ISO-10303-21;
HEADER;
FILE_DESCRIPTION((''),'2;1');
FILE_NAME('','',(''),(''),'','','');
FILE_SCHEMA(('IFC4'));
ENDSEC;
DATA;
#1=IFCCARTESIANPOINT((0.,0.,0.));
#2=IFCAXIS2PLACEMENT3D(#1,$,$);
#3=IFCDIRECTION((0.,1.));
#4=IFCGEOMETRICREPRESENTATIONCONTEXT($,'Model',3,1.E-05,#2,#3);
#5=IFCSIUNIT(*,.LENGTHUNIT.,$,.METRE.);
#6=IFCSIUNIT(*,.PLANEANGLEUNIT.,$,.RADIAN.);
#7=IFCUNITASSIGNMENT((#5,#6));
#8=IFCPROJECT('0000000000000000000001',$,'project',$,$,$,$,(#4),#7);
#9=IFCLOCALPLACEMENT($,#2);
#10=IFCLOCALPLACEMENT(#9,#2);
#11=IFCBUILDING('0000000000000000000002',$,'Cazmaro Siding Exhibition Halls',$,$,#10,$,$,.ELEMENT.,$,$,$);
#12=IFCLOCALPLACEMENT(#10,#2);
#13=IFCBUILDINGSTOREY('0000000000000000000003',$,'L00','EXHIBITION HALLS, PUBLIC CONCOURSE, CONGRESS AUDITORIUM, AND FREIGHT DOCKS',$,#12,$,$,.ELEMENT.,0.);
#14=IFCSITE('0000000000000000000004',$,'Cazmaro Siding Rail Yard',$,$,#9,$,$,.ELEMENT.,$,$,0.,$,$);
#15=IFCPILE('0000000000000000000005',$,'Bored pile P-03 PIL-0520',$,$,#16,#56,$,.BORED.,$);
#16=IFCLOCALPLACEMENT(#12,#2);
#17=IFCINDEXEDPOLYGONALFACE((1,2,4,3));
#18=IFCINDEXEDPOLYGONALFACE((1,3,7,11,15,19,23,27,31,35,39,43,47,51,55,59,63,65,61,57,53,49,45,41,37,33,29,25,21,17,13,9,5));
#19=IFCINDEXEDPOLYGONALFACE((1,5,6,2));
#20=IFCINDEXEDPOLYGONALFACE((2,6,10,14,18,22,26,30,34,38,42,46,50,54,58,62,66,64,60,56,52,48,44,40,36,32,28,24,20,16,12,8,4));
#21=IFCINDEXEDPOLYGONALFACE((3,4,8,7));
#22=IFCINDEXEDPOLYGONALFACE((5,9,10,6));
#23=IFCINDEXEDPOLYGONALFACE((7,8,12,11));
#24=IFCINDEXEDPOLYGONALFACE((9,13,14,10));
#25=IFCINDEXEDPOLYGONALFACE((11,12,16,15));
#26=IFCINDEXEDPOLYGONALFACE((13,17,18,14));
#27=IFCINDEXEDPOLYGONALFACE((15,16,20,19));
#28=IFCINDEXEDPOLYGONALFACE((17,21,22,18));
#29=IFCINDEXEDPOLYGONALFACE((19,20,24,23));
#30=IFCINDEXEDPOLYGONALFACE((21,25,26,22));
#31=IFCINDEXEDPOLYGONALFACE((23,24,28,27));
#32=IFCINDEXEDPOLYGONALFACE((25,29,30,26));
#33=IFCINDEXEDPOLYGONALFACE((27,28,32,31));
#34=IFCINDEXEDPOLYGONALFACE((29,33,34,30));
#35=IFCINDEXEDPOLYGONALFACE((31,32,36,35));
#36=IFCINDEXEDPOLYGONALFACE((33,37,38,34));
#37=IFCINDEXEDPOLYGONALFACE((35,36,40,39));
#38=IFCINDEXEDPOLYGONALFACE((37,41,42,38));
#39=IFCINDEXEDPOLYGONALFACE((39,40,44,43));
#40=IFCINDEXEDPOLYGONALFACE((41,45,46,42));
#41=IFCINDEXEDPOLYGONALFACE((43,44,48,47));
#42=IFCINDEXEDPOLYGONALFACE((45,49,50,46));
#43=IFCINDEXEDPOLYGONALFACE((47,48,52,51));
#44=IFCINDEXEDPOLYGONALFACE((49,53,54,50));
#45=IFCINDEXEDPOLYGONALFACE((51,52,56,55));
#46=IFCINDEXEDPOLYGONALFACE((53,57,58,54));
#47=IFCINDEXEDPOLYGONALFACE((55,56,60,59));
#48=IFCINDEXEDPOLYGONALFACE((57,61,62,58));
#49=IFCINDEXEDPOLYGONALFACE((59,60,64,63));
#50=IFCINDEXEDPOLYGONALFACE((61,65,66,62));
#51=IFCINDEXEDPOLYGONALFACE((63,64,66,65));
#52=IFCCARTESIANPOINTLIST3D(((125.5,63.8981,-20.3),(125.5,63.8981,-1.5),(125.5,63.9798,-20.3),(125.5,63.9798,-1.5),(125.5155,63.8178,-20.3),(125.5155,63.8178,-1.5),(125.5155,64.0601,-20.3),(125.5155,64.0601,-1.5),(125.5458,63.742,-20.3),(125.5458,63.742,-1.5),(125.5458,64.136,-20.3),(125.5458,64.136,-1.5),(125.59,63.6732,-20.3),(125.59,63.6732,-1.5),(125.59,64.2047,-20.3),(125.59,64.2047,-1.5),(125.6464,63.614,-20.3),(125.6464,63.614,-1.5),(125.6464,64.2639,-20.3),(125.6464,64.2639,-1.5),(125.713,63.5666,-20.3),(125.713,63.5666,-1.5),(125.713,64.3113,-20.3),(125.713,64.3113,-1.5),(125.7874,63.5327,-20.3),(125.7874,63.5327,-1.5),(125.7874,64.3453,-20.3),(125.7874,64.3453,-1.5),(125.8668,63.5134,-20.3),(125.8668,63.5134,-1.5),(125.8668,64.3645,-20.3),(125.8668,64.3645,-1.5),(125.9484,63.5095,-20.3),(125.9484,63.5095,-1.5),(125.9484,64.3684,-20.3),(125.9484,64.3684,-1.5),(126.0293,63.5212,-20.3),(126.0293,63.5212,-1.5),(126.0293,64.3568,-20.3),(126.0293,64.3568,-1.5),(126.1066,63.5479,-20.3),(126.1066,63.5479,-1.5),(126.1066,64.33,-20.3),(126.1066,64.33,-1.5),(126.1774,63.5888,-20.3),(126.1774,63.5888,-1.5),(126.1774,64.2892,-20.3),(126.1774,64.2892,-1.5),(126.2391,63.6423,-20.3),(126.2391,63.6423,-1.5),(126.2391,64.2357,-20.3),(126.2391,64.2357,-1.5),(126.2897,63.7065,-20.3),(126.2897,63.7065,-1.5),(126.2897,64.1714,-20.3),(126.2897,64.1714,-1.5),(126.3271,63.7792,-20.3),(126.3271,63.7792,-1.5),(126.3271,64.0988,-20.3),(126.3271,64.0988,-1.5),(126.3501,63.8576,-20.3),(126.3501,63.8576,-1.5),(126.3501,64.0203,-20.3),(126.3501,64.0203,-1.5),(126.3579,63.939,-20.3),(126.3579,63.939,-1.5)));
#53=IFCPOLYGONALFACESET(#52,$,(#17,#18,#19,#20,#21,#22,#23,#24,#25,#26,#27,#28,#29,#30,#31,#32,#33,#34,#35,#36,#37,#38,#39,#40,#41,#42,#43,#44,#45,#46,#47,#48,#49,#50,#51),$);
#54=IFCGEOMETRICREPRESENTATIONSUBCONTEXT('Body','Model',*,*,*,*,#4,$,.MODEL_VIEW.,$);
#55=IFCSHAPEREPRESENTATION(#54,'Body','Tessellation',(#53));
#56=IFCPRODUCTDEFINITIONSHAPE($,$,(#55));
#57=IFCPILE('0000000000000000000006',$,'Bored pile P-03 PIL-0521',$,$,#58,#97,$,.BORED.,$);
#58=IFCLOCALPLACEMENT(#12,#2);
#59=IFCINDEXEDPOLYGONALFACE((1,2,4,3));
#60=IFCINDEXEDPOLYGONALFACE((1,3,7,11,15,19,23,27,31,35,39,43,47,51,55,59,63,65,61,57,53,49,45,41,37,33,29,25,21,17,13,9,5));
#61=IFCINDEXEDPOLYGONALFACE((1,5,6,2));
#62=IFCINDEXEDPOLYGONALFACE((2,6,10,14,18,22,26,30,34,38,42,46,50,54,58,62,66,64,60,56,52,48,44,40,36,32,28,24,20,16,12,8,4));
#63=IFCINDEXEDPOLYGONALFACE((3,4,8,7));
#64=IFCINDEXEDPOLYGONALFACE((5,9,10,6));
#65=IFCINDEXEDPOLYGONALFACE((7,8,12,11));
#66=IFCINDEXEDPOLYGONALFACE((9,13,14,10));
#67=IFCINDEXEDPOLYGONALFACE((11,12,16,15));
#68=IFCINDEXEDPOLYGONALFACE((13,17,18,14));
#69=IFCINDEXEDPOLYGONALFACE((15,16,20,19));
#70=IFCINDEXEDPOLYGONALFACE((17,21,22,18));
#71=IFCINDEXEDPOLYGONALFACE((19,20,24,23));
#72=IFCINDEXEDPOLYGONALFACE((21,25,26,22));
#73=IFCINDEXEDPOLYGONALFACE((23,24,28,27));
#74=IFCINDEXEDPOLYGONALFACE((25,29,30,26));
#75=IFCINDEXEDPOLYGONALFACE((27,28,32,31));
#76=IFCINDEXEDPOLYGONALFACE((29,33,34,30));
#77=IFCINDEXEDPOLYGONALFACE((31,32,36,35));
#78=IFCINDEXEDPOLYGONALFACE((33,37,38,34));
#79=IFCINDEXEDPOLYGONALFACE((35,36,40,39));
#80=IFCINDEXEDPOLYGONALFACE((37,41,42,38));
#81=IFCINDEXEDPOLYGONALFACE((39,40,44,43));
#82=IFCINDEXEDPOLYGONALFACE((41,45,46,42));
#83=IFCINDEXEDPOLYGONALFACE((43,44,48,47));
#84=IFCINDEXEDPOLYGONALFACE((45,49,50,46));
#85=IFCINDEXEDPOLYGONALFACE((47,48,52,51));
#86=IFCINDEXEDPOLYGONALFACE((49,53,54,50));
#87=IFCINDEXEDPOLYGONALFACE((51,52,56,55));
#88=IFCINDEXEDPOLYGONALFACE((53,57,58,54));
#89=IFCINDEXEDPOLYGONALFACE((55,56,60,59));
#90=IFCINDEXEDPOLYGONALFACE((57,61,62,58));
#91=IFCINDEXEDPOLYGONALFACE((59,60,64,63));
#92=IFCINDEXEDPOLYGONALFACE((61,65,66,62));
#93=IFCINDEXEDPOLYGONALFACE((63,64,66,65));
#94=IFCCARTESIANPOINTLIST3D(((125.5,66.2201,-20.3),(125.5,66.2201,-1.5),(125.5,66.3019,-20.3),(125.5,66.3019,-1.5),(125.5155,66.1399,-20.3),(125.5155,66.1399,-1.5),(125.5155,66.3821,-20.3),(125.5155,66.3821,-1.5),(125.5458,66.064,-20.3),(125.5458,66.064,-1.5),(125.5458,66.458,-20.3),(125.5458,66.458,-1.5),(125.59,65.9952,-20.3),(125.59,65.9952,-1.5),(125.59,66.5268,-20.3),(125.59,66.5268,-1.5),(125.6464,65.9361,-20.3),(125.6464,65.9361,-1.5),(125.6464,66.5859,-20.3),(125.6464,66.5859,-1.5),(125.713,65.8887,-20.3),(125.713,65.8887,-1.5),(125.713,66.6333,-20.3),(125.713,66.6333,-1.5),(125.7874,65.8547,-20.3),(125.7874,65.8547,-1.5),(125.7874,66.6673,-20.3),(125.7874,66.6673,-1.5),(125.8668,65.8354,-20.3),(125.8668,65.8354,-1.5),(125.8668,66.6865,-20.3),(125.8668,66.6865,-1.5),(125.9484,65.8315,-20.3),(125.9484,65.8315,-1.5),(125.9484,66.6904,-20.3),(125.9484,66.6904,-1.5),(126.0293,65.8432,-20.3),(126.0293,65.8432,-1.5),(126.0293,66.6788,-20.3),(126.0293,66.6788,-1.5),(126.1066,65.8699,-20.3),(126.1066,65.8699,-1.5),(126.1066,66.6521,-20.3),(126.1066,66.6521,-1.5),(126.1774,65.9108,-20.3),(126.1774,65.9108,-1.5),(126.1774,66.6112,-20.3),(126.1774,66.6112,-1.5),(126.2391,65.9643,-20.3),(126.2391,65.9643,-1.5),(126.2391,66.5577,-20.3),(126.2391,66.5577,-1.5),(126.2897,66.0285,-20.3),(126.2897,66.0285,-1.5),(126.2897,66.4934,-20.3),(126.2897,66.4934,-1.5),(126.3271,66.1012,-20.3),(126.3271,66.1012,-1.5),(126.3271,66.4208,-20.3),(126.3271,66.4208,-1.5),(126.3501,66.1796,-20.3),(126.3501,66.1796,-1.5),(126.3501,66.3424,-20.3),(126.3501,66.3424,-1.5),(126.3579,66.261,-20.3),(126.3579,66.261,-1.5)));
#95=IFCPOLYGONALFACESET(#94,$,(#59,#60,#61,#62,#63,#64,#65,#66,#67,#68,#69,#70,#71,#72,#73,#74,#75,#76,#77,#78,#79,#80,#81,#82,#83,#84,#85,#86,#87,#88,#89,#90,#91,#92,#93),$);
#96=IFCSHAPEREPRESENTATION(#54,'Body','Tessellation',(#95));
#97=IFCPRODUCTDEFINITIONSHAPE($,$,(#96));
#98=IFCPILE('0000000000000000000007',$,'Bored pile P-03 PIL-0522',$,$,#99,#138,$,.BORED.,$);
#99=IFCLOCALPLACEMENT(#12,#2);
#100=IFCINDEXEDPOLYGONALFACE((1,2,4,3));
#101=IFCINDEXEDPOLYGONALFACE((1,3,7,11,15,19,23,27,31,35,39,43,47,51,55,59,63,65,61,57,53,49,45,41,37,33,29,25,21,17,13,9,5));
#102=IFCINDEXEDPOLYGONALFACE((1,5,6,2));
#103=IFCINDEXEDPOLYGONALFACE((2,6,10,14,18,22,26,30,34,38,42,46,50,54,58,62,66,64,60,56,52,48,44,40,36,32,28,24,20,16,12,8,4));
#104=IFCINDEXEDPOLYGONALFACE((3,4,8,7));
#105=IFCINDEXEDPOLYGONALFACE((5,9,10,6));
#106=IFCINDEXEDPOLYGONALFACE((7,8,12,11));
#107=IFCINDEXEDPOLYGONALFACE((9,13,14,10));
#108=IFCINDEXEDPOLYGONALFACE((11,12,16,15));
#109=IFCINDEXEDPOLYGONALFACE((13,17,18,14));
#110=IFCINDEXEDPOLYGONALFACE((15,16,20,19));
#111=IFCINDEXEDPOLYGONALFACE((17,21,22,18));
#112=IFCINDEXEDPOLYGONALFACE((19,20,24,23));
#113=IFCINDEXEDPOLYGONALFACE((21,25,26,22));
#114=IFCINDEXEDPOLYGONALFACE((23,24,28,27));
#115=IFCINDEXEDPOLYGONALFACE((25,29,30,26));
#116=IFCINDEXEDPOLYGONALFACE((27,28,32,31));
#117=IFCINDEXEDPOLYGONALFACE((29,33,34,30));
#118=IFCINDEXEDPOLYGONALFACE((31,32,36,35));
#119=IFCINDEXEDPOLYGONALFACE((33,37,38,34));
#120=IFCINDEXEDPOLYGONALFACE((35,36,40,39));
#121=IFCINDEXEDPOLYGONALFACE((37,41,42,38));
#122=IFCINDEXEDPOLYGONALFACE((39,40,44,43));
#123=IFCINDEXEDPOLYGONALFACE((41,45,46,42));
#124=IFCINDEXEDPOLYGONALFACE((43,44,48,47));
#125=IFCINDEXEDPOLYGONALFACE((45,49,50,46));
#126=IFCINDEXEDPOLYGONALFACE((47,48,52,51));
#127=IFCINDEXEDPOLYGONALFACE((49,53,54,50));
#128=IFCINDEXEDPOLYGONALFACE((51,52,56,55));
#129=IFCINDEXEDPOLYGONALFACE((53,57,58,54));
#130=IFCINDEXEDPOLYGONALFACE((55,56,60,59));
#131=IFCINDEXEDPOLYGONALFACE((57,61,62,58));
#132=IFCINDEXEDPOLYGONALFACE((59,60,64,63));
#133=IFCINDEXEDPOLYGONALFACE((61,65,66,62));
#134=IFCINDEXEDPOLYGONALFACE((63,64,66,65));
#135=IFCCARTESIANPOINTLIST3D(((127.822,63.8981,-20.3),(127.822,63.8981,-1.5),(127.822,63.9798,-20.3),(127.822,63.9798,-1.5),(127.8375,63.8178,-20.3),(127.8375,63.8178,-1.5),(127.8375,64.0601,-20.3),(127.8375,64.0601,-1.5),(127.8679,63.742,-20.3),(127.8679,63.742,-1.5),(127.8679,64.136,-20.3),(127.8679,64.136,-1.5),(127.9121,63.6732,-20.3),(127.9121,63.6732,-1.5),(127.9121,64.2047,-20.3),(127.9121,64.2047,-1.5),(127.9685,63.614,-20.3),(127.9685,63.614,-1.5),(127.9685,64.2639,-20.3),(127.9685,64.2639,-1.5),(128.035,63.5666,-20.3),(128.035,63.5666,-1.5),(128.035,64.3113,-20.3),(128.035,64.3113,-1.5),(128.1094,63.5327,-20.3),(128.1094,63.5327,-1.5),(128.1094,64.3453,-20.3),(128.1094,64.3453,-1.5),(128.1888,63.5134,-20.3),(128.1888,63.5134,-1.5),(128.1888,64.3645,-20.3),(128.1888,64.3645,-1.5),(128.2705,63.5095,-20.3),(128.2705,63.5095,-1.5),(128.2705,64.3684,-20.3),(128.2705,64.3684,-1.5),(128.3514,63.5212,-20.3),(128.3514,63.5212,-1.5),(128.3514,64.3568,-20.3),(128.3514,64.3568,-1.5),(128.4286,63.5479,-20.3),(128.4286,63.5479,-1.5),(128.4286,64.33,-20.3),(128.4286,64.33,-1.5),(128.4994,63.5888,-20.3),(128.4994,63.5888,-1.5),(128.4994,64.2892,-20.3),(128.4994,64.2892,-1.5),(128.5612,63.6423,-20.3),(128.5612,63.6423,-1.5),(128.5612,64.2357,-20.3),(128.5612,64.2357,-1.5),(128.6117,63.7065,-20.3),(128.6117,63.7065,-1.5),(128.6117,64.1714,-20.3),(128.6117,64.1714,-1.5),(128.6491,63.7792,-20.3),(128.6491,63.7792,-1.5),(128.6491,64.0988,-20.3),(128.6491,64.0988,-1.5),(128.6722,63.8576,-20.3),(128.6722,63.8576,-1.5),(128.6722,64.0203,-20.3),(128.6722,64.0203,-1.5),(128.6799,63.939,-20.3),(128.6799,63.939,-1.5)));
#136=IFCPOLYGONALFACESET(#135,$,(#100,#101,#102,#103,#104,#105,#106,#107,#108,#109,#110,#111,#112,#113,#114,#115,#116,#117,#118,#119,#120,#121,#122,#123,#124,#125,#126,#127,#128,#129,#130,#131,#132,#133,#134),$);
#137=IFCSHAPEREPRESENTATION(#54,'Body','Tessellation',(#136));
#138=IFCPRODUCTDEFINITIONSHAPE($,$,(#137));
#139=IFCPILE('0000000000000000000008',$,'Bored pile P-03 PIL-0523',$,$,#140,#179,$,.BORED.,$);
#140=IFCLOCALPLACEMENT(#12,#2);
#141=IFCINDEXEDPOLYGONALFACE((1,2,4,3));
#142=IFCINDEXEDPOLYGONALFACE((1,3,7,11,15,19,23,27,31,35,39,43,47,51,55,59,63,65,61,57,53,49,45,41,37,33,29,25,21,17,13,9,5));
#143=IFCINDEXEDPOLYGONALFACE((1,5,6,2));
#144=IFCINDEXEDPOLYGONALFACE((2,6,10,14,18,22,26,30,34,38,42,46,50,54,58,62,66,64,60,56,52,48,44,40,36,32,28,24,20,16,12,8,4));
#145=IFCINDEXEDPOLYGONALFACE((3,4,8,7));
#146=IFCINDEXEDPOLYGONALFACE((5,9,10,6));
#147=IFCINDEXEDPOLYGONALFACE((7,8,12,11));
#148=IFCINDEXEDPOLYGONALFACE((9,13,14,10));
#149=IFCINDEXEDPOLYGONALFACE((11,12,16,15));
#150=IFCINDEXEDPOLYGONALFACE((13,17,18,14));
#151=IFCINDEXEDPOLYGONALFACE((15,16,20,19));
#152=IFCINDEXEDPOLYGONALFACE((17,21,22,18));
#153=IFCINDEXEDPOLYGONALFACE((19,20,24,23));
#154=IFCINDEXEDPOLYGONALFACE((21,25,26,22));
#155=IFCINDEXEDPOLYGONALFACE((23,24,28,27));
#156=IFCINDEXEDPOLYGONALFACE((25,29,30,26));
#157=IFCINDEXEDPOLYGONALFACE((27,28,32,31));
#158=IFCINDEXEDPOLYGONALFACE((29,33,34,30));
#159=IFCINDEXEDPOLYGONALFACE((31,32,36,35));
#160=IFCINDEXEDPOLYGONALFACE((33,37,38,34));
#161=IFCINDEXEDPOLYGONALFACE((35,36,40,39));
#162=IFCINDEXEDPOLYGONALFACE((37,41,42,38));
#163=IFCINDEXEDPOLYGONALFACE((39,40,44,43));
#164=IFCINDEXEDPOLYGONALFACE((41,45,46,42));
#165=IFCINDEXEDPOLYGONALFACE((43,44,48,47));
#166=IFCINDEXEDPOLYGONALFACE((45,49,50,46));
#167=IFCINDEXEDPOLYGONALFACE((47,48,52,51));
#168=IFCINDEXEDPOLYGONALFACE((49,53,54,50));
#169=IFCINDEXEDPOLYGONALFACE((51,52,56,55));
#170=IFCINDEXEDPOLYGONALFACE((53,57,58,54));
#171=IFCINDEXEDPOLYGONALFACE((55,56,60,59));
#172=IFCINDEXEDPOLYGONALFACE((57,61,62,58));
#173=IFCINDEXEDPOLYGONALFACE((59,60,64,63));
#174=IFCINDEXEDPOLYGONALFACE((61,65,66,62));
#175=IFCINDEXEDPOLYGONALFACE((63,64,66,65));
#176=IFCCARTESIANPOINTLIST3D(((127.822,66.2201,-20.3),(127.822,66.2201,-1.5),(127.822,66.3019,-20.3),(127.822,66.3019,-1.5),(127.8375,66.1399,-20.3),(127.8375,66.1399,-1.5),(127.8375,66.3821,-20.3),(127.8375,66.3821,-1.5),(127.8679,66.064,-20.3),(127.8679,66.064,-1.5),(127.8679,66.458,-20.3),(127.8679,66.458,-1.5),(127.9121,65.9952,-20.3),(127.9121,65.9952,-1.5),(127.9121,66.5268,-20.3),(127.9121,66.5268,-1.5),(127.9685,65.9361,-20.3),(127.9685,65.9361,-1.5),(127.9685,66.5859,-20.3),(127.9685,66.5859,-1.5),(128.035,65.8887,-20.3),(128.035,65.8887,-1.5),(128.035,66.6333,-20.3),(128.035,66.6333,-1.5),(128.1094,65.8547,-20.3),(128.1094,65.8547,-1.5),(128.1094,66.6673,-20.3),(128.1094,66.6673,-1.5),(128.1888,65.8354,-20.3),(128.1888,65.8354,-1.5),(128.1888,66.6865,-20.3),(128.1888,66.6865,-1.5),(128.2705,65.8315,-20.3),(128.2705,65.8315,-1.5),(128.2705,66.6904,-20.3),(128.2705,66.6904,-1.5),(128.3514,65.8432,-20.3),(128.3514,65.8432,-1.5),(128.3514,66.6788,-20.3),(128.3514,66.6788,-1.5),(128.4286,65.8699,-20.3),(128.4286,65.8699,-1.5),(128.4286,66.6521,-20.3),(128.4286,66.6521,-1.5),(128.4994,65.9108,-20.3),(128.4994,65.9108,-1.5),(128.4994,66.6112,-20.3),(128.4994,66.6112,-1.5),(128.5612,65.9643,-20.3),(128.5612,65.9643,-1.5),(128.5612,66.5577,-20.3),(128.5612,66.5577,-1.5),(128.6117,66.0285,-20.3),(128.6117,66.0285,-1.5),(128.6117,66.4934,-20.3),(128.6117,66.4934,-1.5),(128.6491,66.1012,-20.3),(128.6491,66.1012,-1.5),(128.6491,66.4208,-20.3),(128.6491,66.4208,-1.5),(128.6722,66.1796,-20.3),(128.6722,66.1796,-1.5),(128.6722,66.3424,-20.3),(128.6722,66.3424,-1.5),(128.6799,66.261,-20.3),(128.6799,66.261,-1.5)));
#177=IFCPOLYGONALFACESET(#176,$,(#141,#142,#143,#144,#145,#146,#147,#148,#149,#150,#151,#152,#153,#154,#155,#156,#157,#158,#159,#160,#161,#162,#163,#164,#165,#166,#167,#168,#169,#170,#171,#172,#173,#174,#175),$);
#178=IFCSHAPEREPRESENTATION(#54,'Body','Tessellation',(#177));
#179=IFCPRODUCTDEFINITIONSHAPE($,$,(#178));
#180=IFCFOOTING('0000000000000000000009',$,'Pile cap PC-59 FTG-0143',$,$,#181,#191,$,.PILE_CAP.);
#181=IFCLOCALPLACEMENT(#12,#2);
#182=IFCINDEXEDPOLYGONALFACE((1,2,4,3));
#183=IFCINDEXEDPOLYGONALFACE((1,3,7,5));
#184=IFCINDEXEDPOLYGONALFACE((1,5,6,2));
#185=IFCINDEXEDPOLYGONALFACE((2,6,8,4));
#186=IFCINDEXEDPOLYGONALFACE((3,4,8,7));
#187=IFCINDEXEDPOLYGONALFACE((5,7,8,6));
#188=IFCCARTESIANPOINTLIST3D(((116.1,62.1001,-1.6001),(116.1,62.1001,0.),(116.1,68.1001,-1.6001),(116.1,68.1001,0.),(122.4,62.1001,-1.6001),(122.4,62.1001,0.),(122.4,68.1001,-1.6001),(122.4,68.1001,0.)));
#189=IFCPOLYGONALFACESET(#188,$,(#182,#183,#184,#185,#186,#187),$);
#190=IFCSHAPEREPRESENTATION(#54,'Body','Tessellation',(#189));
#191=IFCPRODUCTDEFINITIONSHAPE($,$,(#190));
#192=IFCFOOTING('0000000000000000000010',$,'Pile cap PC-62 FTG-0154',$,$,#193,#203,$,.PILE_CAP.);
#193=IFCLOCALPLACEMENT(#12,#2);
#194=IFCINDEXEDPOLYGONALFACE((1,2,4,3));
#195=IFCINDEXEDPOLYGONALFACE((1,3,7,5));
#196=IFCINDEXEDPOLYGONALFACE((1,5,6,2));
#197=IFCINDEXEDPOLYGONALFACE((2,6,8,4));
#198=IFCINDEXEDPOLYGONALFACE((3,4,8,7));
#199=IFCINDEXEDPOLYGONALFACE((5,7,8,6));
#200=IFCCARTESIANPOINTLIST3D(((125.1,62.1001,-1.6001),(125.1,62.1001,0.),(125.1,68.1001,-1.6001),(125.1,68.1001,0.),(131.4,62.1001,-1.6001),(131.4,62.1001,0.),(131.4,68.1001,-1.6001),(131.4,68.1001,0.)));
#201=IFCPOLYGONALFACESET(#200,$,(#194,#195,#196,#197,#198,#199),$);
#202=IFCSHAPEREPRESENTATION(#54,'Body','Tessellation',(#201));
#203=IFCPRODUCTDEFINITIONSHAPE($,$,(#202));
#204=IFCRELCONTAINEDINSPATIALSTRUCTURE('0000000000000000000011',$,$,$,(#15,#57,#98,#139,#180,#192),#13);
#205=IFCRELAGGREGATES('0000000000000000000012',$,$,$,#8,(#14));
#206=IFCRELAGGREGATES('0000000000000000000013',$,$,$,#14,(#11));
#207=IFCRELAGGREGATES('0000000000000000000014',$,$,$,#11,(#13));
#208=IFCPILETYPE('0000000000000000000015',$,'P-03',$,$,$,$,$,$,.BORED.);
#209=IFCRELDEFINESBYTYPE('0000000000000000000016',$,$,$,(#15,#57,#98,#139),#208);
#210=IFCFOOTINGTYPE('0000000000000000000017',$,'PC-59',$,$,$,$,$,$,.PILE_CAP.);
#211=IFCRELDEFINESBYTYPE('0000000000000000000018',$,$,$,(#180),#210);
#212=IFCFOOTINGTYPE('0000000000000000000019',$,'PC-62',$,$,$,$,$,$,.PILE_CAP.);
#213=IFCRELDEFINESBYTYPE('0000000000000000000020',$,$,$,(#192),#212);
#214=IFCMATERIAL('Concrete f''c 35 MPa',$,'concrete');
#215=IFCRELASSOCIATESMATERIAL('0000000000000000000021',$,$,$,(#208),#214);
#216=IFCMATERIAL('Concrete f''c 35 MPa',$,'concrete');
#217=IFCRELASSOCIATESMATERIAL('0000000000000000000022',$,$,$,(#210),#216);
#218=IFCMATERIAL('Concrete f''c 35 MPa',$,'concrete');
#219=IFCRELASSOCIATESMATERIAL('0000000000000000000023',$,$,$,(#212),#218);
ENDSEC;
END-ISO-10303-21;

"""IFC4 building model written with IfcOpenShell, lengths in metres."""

from ifc_helpers import new_model, si_unit, direction, frame, origin, origin_2d, place, context, subcontext, project, spatial, rectangle, circle, extrude, material, material_profile, profile_set, type_object, element, save


model = new_model("IFC4")

# Units and contexts
model_context = context("Model", 3, precision=1e-05, world=origin(), true_north=direction((0.0, 1.0)))
body_context = subcontext(model_context, "Body", "Model", "MODEL_VIEW")
ifc_project = project(units=[si_unit("LENGTHUNIT", "METRE"), si_unit("PLANEANGLEUNIT", "RADIAN")], contexts=[model_context])

# Site, building, storey
site_placement = place(None, origin())
site = spatial("IfcSite", under=ifc_project, at=site_placement, Name="Cazmaro Siding Rail Yard", CompositionType="ELEMENT", RefElevation=0.0)
building_placement = place(site_placement, origin())
building = spatial("IfcBuilding", under=site, at=building_placement, Name="Cazmaro Siding Exhibition Halls", CompositionType="ELEMENT")
storey_placement = place(building_placement, origin())
storey = spatial("IfcBuildingStorey", under=building, at=storey_placement, Name="L00", Description="EXHIBITION HALLS, PUBLIC CONCOURSE, CONGRESS AUDITORIUM, AND FREIGHT DOCKS", CompositionType="ELEMENT", Elevation=0.0)

# Piles
ifc_material_1 = material(Name="Concrete f'c 35 MPa", Category="concrete")
ifc_material_profile_1 = material_profile(ifc_material_1, circle(Radius=0.4299, at=origin_2d()), Name="CIDH-860")
ifc_profile_set_1 = profile_set([ifc_material_profile_1], Name="Concrete f'c 35 MPa")
pile_type = type_object("IfcPileType", Name="P-03", PredefinedType="BORED", material=ifc_profile_set_1)
for number, where, z_axis, x_axis, name in (
    (1, (125.928, 63.939, -1.5), (0.0, 0.0, -1.0), (1.0, 0.0, 0.0), "Bored pile P-03 PIL-0520"),
    (2, (125.928, 66.261, -1.5), (0.0, 0.0, -1.0), (1.0, 0.0, 0.0), "Bored pile P-03 PIL-0521"),
    (3, (128.25, 63.939, -1.5), (0.0, 0.0, -1.0), (1.0, 0.0, 0.0), "Bored pile P-03 PIL-0522"),
    (4, (128.25, 66.261, -1.5), (0.0, 0.0, -1.0), (1.0, 0.0, 0.0), "Bored pile P-03 PIL-0523"),
):
    element("IfcPile", number, at=place(storey_placement, frame(where, z_axis=z_axis, x_axis=x_axis)), inside=storey, type_object=pile_type, Name=name, PredefinedType="BORED", context=body_context, shape_type="SweptSolid", body=[
        extrude(circle(Radius=0.4299, at=origin_2d()), origin(), (0.0, 0.0, 1.0), 18.8),
    ])

# Footings
ifc_material_2 = material(Name="Concrete f'c 35 MPa", Category="concrete")
footing_type_1 = type_object("IfcFootingType", Name="PC-59", PredefinedType="PILE_CAP", material=ifc_material_2)
footing_1_placement = place(storey_placement, frame((119.25, 65.1001, -1.6001), z_axis=(0.0, 0.0, 1.0), x_axis=(1.0, 0.0, 0.0)))
element("IfcFooting", 5, at=footing_1_placement, inside=storey, type_object=footing_type_1, Name="Pile cap PC-59 FTG-0143", PredefinedType="PILE_CAP", context=body_context, shape_type="SweptSolid", body=[
    extrude(rectangle(XDim=6.3, YDim=6.0, at=origin_2d()), origin(), (0.0, 0.0, 1.0), 1.6001),
])
ifc_material_3 = material(Name="Concrete f'c 35 MPa", Category="concrete")
footing_type_2 = type_object("IfcFootingType", Name="PC-62", PredefinedType="PILE_CAP", material=ifc_material_3)
footing_2_placement = place(storey_placement, frame((128.25, 65.1001, -1.6001), z_axis=(0.0, 0.0, 1.0), x_axis=(1.0, 0.0, 0.0)))
element("IfcFooting", 6, at=footing_2_placement, inside=storey, type_object=footing_type_2, Name="Pile cap PC-62 FTG-0154", PredefinedType="PILE_CAP", context=body_context, shape_type="SweptSolid", body=[
    extrude(rectangle(XDim=6.3, YDim=6.0, at=origin_2d()), origin(), (0.0, 0.0, 1.0), 1.6001),
])

save(model, "model.ifc")
